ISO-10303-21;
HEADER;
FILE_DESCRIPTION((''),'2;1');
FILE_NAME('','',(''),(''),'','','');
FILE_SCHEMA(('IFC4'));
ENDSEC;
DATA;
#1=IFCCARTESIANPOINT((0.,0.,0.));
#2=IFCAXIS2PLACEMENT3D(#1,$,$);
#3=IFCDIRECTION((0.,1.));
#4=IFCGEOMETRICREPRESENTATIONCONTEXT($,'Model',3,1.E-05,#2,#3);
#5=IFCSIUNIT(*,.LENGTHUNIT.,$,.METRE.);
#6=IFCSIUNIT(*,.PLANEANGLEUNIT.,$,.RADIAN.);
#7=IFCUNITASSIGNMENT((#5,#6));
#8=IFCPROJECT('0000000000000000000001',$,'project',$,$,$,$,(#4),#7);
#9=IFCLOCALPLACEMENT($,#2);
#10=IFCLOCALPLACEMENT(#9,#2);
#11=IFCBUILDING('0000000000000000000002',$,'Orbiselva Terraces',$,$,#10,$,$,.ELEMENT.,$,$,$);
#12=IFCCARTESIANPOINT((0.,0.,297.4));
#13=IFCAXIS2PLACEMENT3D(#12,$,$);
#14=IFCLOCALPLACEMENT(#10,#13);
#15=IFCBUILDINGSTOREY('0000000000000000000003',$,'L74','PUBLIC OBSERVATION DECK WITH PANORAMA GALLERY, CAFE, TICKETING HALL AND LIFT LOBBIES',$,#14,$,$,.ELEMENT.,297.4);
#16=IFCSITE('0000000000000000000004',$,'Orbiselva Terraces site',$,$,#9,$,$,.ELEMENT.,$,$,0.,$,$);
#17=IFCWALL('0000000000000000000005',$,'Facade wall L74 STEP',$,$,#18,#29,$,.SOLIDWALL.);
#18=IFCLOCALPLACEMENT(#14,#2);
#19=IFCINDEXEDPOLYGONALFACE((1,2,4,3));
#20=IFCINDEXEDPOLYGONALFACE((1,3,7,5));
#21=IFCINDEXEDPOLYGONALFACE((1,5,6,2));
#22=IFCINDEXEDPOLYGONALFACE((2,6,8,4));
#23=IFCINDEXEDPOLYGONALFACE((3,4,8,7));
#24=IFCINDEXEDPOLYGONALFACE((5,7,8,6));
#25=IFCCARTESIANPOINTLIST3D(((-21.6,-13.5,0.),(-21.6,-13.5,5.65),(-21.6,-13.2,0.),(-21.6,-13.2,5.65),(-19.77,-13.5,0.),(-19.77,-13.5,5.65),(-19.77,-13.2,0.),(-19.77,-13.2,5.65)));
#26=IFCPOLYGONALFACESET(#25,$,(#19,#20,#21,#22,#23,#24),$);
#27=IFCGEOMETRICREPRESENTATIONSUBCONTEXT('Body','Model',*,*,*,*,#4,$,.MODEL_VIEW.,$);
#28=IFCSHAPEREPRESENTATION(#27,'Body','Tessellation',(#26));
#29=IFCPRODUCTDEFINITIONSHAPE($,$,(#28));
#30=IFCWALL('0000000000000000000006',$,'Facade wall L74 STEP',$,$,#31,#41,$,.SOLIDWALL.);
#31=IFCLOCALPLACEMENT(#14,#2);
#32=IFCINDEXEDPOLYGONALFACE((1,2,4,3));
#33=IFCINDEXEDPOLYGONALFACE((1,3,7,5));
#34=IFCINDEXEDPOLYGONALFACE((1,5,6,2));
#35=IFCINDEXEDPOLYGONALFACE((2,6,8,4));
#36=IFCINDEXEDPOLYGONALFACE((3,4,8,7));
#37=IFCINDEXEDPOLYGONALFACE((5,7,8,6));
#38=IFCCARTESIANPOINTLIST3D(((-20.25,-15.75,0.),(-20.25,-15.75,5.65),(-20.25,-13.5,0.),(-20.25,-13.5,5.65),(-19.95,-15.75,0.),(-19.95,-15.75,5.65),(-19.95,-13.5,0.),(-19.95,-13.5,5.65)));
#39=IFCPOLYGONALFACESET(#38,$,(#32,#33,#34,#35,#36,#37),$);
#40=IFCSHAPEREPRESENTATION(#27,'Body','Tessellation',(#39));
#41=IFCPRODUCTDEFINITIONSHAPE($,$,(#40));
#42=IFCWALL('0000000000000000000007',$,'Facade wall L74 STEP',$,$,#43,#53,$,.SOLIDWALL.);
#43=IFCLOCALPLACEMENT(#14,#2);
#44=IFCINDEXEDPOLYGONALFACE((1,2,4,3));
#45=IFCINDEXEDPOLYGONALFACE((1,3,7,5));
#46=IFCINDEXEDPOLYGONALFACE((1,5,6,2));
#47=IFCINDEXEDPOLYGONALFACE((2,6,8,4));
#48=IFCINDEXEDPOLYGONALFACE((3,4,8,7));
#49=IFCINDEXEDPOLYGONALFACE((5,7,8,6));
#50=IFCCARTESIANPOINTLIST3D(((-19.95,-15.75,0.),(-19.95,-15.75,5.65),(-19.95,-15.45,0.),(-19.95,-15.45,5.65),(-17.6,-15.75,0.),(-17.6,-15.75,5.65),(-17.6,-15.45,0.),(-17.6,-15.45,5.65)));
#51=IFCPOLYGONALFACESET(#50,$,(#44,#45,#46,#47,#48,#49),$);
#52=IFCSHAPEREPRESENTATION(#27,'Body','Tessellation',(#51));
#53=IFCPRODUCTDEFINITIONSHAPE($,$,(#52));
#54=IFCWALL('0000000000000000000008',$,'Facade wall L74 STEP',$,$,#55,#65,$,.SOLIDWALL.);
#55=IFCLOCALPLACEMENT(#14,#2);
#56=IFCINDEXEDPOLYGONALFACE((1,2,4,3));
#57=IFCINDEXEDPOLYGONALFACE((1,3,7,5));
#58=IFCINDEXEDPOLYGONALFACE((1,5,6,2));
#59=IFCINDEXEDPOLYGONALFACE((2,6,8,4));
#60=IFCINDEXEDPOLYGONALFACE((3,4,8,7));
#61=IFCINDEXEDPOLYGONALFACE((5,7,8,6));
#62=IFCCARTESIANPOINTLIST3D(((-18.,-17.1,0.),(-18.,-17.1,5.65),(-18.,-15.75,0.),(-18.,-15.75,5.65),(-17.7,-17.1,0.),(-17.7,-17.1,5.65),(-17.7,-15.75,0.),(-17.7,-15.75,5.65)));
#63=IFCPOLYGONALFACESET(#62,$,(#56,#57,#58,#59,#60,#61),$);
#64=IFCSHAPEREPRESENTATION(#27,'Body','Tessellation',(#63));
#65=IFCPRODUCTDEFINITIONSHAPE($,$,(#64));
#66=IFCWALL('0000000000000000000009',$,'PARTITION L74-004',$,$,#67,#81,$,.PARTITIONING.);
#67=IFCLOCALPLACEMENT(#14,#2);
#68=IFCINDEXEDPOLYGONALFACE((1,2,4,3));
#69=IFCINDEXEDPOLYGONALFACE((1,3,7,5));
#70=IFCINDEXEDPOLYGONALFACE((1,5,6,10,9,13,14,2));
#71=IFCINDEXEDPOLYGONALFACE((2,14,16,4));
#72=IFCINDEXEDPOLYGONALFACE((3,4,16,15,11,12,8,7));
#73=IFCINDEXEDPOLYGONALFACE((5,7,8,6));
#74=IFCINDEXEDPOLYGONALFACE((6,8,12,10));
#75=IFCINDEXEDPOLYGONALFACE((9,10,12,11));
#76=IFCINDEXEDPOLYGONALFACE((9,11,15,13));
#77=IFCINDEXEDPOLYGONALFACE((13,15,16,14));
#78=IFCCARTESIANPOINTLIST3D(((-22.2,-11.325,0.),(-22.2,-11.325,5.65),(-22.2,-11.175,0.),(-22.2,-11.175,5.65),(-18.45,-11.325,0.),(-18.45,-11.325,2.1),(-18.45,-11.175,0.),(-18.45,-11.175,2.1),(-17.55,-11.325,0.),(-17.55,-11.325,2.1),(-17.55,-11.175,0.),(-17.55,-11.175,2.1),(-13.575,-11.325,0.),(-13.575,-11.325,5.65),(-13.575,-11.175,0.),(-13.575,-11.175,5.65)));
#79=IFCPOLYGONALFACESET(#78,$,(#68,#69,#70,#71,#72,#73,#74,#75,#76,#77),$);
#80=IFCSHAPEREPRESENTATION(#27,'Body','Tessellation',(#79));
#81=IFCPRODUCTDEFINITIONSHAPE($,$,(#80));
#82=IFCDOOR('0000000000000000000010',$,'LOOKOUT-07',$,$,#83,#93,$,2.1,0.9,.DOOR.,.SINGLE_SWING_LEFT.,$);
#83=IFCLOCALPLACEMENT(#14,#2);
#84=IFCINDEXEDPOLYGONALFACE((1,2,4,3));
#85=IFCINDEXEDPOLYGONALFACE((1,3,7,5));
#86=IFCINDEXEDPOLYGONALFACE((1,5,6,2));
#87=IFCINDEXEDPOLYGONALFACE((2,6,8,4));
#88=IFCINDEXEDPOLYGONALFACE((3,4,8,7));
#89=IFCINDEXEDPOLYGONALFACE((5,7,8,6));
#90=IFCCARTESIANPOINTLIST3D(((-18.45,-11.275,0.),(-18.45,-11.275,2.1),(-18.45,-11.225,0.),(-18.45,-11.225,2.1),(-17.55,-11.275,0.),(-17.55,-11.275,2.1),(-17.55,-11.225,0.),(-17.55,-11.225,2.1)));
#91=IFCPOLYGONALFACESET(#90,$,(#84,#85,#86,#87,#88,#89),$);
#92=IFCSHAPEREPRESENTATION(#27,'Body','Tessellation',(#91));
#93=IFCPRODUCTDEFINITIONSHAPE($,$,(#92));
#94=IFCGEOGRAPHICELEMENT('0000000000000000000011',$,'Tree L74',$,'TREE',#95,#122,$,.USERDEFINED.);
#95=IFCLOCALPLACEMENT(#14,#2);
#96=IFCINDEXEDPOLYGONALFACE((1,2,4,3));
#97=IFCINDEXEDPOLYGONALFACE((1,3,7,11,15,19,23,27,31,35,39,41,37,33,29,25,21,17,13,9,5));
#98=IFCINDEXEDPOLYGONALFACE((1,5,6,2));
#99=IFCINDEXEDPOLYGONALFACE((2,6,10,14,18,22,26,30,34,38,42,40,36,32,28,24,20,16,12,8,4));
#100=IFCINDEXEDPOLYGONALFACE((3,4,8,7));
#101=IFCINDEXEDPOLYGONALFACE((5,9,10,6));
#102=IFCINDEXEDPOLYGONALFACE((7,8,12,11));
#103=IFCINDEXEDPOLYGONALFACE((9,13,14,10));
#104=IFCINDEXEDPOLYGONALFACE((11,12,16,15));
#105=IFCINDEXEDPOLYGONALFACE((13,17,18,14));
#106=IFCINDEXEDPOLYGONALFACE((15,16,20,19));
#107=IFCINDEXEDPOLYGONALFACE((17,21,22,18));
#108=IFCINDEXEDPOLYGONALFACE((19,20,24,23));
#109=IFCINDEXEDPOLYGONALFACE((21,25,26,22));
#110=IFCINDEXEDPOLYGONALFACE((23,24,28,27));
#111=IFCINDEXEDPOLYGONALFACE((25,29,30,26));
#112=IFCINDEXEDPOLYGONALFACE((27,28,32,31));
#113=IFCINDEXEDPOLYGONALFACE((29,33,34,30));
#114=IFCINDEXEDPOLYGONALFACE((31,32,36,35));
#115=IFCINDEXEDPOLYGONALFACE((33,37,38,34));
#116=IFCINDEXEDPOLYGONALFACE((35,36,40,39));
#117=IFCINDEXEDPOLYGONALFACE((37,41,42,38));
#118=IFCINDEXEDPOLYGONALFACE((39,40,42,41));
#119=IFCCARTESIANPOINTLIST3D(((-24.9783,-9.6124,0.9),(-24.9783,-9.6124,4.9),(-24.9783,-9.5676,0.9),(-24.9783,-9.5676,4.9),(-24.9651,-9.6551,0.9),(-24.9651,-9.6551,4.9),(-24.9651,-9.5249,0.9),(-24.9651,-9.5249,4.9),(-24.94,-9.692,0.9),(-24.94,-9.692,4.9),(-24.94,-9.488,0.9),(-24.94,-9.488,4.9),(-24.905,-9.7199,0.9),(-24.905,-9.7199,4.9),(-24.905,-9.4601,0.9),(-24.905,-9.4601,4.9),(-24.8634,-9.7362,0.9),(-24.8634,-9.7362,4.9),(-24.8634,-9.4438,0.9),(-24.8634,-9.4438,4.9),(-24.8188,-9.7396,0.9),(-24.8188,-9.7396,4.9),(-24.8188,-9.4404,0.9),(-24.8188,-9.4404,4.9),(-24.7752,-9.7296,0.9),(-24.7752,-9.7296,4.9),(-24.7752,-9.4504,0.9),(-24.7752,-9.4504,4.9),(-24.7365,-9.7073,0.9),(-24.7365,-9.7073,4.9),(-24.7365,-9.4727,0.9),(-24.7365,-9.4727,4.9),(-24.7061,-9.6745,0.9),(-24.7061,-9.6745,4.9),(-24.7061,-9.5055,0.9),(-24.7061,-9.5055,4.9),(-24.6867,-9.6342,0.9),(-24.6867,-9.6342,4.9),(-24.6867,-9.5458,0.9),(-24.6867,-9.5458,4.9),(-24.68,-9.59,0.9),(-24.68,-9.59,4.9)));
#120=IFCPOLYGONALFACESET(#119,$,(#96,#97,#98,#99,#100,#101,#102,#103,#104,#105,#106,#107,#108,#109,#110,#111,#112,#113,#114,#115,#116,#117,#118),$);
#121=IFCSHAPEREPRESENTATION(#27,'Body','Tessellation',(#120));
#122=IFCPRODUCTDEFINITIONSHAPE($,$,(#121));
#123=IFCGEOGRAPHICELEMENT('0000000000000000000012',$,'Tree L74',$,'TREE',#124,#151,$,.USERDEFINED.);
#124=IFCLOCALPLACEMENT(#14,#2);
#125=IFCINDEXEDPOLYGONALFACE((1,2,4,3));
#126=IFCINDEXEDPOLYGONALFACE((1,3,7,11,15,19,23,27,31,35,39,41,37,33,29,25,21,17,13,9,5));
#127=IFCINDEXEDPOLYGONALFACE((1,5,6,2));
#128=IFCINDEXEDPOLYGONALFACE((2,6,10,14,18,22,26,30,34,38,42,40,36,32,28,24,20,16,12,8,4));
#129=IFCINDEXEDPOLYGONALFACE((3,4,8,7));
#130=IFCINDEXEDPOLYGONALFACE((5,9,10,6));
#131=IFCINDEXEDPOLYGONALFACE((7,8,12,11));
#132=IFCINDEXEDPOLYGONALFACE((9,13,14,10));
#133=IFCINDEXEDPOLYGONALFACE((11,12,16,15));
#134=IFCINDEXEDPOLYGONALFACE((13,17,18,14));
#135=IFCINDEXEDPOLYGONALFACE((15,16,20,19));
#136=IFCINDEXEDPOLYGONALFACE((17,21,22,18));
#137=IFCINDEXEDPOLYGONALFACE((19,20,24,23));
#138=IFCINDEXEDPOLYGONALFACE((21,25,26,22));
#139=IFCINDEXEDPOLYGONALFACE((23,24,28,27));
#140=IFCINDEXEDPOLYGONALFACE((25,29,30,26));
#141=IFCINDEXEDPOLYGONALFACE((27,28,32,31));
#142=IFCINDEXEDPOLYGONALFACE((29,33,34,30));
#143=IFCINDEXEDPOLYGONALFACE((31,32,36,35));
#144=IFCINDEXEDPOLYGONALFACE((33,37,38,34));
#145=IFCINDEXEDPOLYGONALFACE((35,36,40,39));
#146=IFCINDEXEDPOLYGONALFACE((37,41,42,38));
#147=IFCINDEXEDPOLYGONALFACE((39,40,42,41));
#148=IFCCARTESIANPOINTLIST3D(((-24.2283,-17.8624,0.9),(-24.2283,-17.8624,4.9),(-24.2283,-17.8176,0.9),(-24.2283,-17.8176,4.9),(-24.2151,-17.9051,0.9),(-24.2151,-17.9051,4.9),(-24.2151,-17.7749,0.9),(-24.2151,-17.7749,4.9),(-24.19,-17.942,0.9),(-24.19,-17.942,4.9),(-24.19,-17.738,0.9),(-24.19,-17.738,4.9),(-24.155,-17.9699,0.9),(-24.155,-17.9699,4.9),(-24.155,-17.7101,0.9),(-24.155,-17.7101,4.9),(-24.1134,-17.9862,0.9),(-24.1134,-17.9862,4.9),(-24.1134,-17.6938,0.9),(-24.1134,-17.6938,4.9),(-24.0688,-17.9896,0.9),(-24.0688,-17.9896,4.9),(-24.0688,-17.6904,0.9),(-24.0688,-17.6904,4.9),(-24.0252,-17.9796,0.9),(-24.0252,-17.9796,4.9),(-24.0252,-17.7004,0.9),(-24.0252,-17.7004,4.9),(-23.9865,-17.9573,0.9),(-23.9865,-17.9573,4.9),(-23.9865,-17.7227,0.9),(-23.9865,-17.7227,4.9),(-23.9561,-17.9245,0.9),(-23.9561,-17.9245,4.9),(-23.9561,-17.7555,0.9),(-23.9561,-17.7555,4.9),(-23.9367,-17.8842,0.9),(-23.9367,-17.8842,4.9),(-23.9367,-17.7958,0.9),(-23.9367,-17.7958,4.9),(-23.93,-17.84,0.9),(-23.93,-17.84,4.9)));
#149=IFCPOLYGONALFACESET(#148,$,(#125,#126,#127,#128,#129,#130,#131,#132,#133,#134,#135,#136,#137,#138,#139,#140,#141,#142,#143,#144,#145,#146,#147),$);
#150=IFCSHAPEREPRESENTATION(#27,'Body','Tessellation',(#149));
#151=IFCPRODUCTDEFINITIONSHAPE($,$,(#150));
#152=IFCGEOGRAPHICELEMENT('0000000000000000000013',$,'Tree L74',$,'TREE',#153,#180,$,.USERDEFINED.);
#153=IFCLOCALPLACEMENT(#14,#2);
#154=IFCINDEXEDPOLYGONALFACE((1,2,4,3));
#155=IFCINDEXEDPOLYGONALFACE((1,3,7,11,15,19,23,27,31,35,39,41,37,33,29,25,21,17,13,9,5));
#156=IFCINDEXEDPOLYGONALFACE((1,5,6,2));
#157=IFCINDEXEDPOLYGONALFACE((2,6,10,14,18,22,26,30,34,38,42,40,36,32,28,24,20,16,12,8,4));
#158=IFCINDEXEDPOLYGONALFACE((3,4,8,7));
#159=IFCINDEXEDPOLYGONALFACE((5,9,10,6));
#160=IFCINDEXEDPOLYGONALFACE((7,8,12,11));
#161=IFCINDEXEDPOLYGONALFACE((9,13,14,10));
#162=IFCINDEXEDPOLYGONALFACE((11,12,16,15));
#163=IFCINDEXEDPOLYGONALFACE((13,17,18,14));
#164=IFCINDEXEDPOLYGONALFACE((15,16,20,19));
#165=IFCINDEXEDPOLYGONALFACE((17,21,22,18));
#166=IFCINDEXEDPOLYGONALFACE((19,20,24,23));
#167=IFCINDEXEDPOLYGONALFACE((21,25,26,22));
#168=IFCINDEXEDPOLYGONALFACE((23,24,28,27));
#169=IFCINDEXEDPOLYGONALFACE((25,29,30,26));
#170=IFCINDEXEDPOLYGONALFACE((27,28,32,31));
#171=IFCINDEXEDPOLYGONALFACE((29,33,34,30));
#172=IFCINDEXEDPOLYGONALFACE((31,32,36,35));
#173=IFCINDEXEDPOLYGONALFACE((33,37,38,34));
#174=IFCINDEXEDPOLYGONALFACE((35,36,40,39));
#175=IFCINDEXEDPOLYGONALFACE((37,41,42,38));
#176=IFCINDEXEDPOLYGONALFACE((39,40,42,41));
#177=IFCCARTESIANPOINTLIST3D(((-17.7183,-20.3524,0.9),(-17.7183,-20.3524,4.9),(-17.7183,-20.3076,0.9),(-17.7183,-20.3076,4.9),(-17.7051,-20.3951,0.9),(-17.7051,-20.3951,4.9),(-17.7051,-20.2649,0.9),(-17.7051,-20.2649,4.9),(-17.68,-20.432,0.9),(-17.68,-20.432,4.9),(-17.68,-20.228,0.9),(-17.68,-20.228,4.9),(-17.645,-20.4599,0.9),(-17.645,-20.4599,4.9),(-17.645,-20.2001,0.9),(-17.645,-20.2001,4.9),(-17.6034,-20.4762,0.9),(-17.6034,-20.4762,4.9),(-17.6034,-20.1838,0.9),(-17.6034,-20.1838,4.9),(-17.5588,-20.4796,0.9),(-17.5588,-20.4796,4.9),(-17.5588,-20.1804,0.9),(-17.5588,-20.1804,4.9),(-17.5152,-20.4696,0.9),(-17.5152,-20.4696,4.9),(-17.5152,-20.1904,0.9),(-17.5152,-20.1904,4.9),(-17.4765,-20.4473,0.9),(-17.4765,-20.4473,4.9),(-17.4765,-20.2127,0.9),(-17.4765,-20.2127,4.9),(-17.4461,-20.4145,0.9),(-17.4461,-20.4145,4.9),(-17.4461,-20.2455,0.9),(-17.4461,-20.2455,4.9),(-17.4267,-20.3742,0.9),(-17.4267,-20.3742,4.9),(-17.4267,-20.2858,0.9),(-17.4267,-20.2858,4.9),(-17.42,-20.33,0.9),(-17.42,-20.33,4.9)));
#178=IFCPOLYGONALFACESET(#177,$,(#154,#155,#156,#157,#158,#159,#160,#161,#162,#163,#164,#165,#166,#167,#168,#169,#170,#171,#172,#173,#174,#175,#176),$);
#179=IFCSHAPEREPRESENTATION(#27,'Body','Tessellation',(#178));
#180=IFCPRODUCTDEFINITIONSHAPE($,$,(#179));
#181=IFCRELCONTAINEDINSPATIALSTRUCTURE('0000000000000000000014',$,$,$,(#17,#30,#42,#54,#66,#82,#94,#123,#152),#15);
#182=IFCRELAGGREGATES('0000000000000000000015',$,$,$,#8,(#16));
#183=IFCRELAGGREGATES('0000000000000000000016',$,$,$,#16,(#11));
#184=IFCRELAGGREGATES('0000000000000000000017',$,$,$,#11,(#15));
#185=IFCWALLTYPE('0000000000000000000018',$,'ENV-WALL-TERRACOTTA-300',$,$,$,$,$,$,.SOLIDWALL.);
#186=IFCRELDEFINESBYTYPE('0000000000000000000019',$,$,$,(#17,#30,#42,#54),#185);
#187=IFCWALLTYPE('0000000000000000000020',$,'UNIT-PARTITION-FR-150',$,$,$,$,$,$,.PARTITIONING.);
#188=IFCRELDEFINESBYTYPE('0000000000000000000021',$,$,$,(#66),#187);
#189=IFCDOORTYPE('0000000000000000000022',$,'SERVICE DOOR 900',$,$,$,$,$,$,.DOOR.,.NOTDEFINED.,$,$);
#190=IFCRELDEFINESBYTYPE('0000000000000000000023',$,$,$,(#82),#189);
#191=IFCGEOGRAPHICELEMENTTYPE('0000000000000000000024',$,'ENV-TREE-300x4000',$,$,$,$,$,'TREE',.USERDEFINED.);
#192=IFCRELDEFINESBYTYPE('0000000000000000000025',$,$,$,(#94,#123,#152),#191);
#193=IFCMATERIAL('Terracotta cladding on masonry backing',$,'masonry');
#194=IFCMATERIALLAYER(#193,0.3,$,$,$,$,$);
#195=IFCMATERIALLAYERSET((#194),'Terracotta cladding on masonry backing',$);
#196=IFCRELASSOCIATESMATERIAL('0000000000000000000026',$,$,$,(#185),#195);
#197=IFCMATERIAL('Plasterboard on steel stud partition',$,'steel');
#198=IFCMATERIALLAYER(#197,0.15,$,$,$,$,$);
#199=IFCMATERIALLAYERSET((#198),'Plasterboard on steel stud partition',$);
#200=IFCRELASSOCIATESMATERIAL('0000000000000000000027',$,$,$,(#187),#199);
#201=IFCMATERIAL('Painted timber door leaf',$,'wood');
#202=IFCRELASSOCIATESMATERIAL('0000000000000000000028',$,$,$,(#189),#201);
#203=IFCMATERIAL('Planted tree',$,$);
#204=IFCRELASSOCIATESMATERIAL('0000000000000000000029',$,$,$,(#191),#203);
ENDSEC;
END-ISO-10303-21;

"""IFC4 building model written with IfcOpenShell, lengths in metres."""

from ifc_helpers import new_model, si_unit, direction, frame, frame_2d, origin, origin_2d, place, context, subcontext, project, spatial, rectangle, circle, extrude, material, layer, layer_set, type_object, element, fill, save


model = new_model("IFC4")

# Units and contexts
model_context = context("Model", 3, precision=1e-05, world=origin(), true_north=direction((0.0, 1.0)))
body_context = subcontext(model_context, "Body", "Model", "MODEL_VIEW")
ifc_project = project(units=[si_unit("LENGTHUNIT", "METRE"), si_unit("PLANEANGLEUNIT", "RADIAN")], contexts=[model_context])

# Site, building, storey
site_placement = place(None, origin())
site = spatial("IfcSite", under=ifc_project, at=site_placement, Name="Orbiselva Terraces site", CompositionType="ELEMENT", RefElevation=0.0)
building_placement = place(site_placement, origin())
building = spatial("IfcBuilding", under=site, at=building_placement, Name="Orbiselva Terraces", CompositionType="ELEMENT")
storey_placement = place(building_placement, frame((0.0, 0.0, 297.4)))
storey = spatial("IfcBuildingStorey", under=building, at=storey_placement, Name="L74", Description="PUBLIC OBSERVATION DECK WITH PANORAMA GALLERY, CAFE, TICKETING HALL AND LIFT LOBBIES", CompositionType="ELEMENT", Elevation=297.4)

# Walls
ifc_material_1 = material(Name="Terracotta cladding on masonry backing", Category="masonry")
ifc_layer_1 = layer(ifc_material_1, 0.3)
ifc_layer_set_1 = layer_set([ifc_layer_1], Name="Terracotta cladding on masonry backing")
wall_type_1 = type_object("IfcWallType", Name="ENV-WALL-TERRACOTTA-300", PredefinedType="SOLIDWALL", material=ifc_layer_set_1)
wall_1_placement = place(storey_placement, frame((-19.77, -13.35, 0.0), z_axis=(0.0, 0.0, 1.0), x_axis=(-1.0, 0.0, 0.0)))
element("IfcWall", 1, at=wall_1_placement, inside=storey, type_object=wall_type_1, Name="Facade wall L74 STEP", PredefinedType="SOLIDWALL", context=body_context, shape_type="SweptSolid", body=[
    extrude(rectangle(XDim=1.83, YDim=0.3, at=frame_2d((0.915, 0.0))), origin(), (0.0, 0.0, 1.0), 5.65),
])
wall_2_placement = place(storey_placement, frame((-20.1, -15.75, 0.0), z_axis=(0.0, 0.0, 1.0), x_axis=(0.0, 1.0, 0.0)))
element("IfcWall", 2, at=wall_2_placement, inside=storey, type_object=wall_type_1, Name="Facade wall L74 STEP", PredefinedType="SOLIDWALL", context=body_context, shape_type="SweptSolid", body=[
    extrude(rectangle(XDim=2.25, YDim=0.3, at=frame_2d((1.125, 0.0))), origin(), (0.0, 0.0, 1.0), 5.65),
])
wall_3_placement = place(storey_placement, frame((-17.6, -15.6, 0.0), z_axis=(0.0, 0.0, 1.0), x_axis=(-1.0, 0.0, 0.0)))
element("IfcWall", 3, at=wall_3_placement, inside=storey, type_object=wall_type_1, Name="Facade wall L74 STEP", PredefinedType="SOLIDWALL", context=body_context, shape_type="SweptSolid", body=[
    extrude(rectangle(XDim=2.35, YDim=0.3, at=frame_2d((1.175, 0.0))), origin(), (0.0, 0.0, 1.0), 5.65),
])
wall_4_placement = place(storey_placement, frame((-17.85, -17.1, 0.0), z_axis=(0.0, 0.0, 1.0), x_axis=(0.0, 1.0, 0.0)))
element("IfcWall", 4, at=wall_4_placement, inside=storey, type_object=wall_type_1, Name="Facade wall L74 STEP", PredefinedType="SOLIDWALL", context=body_context, shape_type="SweptSolid", body=[
    extrude(rectangle(XDim=1.35, YDim=0.3, at=frame_2d((0.675, 0.0))), origin(), (0.0, 0.0, 1.0), 5.65),
])

# Wall, opening, door
ifc_material_2 = material(Name="Plasterboard on steel stud partition", Category="steel")
ifc_layer_2 = layer(ifc_material_2, 0.15)
ifc_layer_set_2 = layer_set([ifc_layer_2], Name="Plasterboard on steel stud partition")
wall_type_2 = type_object("IfcWallType", Name="UNIT-PARTITION-FR-150", PredefinedType="PARTITIONING", material=ifc_layer_set_2)
wall_5_placement = place(storey_placement, frame((-22.2, -11.25, 0.0), z_axis=(0.0, 0.0, 1.0), x_axis=(1.0, 0.0, 0.0)))
wall_5 = element("IfcWall", 5, at=wall_5_placement, inside=storey, type_object=wall_type_2, Name="PARTITION L74-004", PredefinedType="PARTITIONING", context=body_context, shape_type="SweptSolid", body=[
    extrude(rectangle(XDim=8.625, YDim=0.15, at=frame_2d((4.3125, 0.0))), origin(), (0.0, 0.0, 1.0), 5.65),
])
opening_placement = place(wall_5_placement, frame((3.75, 0.0, 0.0)))
opening = element("IfcOpeningElement", 6, at=opening_placement, cuts=wall_5, PredefinedType="OPENING", context=body_context, shape_type="SweptSolid", body=[
    extrude(rectangle(XDim=0.9, YDim=2.1, at=frame_2d((0.45, 1.05))), frame((0.0, 0.085, 0.0), z_axis=(0.0, -1.0, 0.0), x_axis=(1.0, 0.0, 0.0)), (0.0, 0.0, 1.0), 0.17),
])
ifc_material_3 = material(Name="Painted timber door leaf", Category="wood")
door_type = type_object("IfcDoorType", Name="SERVICE DOOR 900", OperationType="NOTDEFINED", PredefinedType="DOOR", material=ifc_material_3)
door_placement = place(opening_placement, origin())
door = element("IfcDoor", 7, at=door_placement, inside=storey, type_object=door_type, Name="LOOKOUT-07", OperationType="SINGLE_SWING_LEFT", OverallHeight=2.1, OverallWidth=0.9, PredefinedType="DOOR", context=body_context, shape_type="SweptSolid", body=[
    extrude(rectangle(XDim=0.9, YDim=2.1, at=frame_2d((0.45, 1.05))), frame((0.0, 0.025, 0.0), z_axis=(0.0, -1.0, 0.0), x_axis=(1.0, 0.0, 0.0)), (0.0, 0.0, 1.0), 0.05),
])
fill(opening, door)

# Geographic elements
ifc_material_4 = material(Name="Planted tree")
geographic_element_type = type_object("IfcGeographicElementType", Name="ENV-TREE-300x4000", ElementType="TREE", PredefinedType="USERDEFINED", material=ifc_material_4)
for number, where, z_axis, x_axis, name in (
    (8, (-24.83, -9.59, 4.9), (0.0, 0.0, -1.0), (1.0, 0.0, 0.0), "Tree L74"),
    (9, (-24.08, -17.84, 4.9), (0.0, 0.0, -1.0), (1.0, 0.0, 0.0), "Tree L74"),
    (10, (-17.57, -20.33, 4.9), (0.0, 0.0, -1.0), (1.0, 0.0, 0.0), "Tree L74"),
):
    element("IfcGeographicElement", number, at=place(storey_placement, frame(where, z_axis=z_axis, x_axis=x_axis)), inside=storey, type_object=geographic_element_type, Name=name, ObjectType="TREE", PredefinedType="USERDEFINED", context=body_context, shape_type="SweptSolid", body=[
        extrude(circle(Radius=0.15, at=origin_2d()), origin(), (0.0, 0.0, 1.0), 4.0),
    ])

save(model, "model.ifc")
